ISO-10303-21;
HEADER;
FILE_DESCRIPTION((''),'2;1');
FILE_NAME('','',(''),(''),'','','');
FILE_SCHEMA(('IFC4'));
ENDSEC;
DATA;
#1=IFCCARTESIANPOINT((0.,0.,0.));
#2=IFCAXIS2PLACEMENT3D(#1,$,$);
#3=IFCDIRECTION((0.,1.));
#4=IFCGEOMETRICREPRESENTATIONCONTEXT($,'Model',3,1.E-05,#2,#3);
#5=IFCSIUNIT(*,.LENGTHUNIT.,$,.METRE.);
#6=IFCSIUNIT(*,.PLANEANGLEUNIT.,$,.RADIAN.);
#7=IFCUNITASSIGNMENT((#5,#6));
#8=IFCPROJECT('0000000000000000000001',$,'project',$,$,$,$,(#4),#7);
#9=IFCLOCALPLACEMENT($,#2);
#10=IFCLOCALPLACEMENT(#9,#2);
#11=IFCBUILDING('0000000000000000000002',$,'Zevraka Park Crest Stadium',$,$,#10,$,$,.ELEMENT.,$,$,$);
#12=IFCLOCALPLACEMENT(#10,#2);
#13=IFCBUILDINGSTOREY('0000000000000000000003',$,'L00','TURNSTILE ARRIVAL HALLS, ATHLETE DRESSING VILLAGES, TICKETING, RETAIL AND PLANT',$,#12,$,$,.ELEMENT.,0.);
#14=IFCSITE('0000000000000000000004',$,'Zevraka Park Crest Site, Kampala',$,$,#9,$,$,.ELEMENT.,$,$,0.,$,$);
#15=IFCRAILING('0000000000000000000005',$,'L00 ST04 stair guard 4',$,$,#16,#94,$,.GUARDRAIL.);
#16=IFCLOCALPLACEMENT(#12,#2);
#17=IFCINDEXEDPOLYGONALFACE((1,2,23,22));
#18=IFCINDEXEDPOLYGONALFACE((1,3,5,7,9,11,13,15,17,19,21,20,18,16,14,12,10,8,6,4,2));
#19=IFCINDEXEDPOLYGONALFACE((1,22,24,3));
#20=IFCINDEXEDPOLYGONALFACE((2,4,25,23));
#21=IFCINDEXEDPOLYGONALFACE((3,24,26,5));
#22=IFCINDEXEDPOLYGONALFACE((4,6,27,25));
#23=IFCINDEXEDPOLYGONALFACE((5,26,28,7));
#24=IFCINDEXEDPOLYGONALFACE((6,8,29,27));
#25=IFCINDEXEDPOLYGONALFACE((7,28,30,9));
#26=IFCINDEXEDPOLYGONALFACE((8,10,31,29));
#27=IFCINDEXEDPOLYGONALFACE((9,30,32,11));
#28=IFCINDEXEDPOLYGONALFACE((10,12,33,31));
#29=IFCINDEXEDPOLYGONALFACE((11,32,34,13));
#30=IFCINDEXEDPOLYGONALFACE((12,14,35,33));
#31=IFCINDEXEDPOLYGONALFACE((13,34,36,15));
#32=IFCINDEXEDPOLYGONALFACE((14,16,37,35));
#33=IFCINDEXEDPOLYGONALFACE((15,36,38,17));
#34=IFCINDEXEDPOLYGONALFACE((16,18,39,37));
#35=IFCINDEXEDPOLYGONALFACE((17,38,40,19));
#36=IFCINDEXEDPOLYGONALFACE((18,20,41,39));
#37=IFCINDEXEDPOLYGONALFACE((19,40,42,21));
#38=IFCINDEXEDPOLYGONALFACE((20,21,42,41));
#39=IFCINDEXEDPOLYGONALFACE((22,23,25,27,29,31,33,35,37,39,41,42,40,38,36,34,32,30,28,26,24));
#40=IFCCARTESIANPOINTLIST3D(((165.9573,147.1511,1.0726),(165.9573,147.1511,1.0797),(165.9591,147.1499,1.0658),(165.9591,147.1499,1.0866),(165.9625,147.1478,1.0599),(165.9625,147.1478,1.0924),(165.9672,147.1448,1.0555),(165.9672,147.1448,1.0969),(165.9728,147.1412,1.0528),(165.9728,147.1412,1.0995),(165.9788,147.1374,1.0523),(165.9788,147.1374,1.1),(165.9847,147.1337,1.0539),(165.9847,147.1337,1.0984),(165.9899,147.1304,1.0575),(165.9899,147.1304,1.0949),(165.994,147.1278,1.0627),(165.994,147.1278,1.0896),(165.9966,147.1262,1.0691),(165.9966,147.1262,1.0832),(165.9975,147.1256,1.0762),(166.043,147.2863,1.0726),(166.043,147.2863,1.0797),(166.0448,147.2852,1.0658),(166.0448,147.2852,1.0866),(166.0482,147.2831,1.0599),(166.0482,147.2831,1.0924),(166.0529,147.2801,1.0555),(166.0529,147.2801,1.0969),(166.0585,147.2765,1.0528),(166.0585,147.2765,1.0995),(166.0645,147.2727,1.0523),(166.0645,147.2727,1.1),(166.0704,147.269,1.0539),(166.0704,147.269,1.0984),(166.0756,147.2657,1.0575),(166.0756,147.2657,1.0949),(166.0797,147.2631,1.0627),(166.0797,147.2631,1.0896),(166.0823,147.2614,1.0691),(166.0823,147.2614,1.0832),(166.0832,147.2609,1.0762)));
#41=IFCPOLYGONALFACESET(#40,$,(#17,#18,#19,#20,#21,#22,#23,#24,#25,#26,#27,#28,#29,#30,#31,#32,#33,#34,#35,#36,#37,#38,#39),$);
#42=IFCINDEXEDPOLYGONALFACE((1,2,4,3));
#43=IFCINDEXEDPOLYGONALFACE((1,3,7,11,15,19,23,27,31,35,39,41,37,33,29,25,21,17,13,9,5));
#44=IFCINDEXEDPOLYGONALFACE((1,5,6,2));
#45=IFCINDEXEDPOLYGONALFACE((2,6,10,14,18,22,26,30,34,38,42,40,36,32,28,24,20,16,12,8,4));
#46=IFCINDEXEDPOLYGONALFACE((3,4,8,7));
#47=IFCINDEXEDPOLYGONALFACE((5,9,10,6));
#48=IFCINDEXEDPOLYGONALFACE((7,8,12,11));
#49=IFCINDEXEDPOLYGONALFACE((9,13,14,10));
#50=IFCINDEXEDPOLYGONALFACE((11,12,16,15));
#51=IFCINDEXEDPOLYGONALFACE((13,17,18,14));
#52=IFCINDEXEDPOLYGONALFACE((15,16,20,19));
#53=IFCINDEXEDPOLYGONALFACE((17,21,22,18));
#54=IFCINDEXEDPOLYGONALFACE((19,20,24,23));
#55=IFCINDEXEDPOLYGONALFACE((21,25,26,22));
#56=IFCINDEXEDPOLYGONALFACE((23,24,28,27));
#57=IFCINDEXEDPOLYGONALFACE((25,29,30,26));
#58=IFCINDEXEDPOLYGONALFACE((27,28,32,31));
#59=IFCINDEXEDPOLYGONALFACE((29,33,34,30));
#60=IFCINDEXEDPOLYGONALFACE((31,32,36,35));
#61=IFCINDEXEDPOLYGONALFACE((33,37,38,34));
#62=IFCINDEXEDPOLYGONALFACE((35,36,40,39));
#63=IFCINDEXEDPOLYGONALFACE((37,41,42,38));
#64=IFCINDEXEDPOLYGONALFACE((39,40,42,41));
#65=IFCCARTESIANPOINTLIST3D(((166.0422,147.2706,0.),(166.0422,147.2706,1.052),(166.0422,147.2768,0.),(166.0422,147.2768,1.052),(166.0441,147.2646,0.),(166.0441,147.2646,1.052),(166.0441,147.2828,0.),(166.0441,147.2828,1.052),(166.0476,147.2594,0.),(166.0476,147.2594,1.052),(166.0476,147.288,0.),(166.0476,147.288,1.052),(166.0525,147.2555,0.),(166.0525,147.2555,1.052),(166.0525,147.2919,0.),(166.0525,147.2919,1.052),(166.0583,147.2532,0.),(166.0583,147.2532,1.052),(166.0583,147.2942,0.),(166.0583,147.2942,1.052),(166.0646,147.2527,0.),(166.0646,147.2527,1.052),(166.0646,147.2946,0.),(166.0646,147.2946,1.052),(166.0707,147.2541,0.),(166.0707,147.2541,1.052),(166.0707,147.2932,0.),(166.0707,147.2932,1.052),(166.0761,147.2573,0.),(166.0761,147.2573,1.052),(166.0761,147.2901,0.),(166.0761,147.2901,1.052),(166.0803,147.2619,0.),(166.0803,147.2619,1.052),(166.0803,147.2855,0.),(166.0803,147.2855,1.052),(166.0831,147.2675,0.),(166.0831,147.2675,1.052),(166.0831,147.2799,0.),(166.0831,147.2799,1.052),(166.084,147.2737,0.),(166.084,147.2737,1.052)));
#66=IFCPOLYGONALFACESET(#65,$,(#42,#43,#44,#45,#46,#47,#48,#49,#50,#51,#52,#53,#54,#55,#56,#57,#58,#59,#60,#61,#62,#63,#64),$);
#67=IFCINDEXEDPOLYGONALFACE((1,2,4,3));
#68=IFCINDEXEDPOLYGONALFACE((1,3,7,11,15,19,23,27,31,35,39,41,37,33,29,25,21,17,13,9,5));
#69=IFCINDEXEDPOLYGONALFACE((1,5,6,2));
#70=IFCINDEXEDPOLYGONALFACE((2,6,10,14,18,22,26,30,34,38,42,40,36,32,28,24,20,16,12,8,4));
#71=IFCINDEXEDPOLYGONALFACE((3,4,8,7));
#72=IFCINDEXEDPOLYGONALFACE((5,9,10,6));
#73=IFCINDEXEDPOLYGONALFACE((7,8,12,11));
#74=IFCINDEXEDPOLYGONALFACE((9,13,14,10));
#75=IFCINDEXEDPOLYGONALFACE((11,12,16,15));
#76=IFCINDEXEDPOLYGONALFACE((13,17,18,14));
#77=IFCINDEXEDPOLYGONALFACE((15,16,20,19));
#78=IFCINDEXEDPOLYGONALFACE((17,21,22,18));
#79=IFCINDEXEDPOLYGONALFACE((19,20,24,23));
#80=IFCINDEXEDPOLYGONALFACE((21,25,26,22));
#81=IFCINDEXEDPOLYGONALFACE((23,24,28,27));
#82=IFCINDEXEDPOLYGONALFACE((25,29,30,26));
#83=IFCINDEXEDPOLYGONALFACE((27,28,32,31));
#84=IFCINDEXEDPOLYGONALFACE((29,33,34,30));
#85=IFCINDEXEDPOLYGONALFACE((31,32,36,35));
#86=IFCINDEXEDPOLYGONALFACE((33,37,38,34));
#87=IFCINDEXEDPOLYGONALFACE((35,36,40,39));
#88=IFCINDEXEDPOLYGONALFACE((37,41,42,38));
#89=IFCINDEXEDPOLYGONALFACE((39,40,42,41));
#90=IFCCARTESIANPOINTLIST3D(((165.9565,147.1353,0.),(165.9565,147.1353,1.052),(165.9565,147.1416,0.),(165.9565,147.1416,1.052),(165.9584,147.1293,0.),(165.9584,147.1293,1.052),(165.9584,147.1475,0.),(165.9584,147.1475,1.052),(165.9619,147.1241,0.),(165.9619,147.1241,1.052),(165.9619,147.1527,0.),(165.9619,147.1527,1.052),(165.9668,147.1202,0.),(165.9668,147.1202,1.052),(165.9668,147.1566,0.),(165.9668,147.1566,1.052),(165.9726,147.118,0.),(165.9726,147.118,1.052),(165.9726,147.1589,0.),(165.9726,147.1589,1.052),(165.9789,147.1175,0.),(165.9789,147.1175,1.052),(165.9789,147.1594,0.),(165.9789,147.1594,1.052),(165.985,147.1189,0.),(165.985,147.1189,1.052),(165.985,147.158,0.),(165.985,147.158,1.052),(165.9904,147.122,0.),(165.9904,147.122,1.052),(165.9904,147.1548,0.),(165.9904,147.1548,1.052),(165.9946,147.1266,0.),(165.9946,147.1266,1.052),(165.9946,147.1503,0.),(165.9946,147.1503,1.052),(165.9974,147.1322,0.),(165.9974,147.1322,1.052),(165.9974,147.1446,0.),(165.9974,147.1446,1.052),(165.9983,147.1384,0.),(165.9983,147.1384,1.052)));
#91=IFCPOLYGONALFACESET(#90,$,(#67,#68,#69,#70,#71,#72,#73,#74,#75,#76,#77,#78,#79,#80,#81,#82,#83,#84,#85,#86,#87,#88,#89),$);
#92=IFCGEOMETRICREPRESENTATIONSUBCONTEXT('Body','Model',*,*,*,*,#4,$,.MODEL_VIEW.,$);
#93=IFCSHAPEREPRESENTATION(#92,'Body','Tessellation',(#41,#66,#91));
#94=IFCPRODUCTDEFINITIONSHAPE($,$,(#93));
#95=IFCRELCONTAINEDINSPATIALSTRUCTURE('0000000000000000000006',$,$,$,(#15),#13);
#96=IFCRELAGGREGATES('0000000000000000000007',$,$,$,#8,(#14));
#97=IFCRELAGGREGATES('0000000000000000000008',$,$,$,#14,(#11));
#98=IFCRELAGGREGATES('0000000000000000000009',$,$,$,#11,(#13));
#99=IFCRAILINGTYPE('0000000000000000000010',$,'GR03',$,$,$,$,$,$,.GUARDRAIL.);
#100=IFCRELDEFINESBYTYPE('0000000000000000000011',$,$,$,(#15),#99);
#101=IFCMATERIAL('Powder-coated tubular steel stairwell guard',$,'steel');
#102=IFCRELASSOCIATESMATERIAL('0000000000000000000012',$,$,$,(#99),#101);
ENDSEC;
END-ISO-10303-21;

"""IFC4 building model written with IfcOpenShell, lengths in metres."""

from ifc_helpers import new_model, si_unit, direction, frame, origin, origin_2d, place, context, subcontext, project, spatial, circle, extrude, material, type_object, element, save


model = new_model("IFC4")

# Units and contexts
model_context = context("Model", 3, precision=1e-05, world=origin(), true_north=direction((0.0, 1.0)))
body_context = subcontext(model_context, "Body", "Model", "MODEL_VIEW")
ifc_project = project(units=[si_unit("LENGTHUNIT", "METRE"), si_unit("PLANEANGLEUNIT", "RADIAN")], contexts=[model_context])

# Site, building, storey
site_placement = place(None, origin())
site = spatial("IfcSite", under=ifc_project, at=site_placement, Name="Zevraka Park Crest Site, Kampala", CompositionType="ELEMENT", RefElevation=0.0)
building_placement = place(site_placement, origin())
building = spatial("IfcBuilding", under=site, at=building_placement, Name="Zevraka Park Crest Stadium", CompositionType="ELEMENT")
storey_placement = place(building_placement, origin())
storey = spatial("IfcBuildingStorey", under=building, at=storey_placement, Name="L00", Description="TURNSTILE ARRIVAL HALLS, ATHLETE DRESSING VILLAGES, TICKETING, RETAIL AND PLANT", CompositionType="ELEMENT", Elevation=0.0)

# Railing
ifc_material_1 = material(Name="Powder-coated tubular steel stairwell guard", Category="steel")
railing_type_1 = type_object("IfcRailingType", Name="GR03", PredefinedType="GUARDRAIL", material=ifc_material_1)
railing_1_placement = place(storey_placement, frame((166.063, 147.2737, 0.0)))
element("IfcRailing", 1, at=railing_1_placement, inside=storey, type_object=railing_type_1, Name="L00 ST04 stair guard 4", PredefinedType="GUARDRAIL", context=body_context, shape_type="SweptSolid", body=[
    extrude(circle(Radius=0.0239, at=origin_2d()), frame((0.0, 0.0, 1.0762), z_axis=(-0.535197, -0.844727, 0.0), x_axis=(0.844727, -0.535197, 0.0)), (0.0, 0.0, 1.0), 0.1602),
    extrude(circle(Radius=0.021, at=origin_2d()), origin(), (0.0, 0.0, 1.0), 1.052),
    extrude(circle(Radius=0.021, at=origin_2d()), frame((-0.0857, -0.1353, 0.0)), (0.0, 0.0, 1.0), 1.052),
])

save(model, "model.ifc")
